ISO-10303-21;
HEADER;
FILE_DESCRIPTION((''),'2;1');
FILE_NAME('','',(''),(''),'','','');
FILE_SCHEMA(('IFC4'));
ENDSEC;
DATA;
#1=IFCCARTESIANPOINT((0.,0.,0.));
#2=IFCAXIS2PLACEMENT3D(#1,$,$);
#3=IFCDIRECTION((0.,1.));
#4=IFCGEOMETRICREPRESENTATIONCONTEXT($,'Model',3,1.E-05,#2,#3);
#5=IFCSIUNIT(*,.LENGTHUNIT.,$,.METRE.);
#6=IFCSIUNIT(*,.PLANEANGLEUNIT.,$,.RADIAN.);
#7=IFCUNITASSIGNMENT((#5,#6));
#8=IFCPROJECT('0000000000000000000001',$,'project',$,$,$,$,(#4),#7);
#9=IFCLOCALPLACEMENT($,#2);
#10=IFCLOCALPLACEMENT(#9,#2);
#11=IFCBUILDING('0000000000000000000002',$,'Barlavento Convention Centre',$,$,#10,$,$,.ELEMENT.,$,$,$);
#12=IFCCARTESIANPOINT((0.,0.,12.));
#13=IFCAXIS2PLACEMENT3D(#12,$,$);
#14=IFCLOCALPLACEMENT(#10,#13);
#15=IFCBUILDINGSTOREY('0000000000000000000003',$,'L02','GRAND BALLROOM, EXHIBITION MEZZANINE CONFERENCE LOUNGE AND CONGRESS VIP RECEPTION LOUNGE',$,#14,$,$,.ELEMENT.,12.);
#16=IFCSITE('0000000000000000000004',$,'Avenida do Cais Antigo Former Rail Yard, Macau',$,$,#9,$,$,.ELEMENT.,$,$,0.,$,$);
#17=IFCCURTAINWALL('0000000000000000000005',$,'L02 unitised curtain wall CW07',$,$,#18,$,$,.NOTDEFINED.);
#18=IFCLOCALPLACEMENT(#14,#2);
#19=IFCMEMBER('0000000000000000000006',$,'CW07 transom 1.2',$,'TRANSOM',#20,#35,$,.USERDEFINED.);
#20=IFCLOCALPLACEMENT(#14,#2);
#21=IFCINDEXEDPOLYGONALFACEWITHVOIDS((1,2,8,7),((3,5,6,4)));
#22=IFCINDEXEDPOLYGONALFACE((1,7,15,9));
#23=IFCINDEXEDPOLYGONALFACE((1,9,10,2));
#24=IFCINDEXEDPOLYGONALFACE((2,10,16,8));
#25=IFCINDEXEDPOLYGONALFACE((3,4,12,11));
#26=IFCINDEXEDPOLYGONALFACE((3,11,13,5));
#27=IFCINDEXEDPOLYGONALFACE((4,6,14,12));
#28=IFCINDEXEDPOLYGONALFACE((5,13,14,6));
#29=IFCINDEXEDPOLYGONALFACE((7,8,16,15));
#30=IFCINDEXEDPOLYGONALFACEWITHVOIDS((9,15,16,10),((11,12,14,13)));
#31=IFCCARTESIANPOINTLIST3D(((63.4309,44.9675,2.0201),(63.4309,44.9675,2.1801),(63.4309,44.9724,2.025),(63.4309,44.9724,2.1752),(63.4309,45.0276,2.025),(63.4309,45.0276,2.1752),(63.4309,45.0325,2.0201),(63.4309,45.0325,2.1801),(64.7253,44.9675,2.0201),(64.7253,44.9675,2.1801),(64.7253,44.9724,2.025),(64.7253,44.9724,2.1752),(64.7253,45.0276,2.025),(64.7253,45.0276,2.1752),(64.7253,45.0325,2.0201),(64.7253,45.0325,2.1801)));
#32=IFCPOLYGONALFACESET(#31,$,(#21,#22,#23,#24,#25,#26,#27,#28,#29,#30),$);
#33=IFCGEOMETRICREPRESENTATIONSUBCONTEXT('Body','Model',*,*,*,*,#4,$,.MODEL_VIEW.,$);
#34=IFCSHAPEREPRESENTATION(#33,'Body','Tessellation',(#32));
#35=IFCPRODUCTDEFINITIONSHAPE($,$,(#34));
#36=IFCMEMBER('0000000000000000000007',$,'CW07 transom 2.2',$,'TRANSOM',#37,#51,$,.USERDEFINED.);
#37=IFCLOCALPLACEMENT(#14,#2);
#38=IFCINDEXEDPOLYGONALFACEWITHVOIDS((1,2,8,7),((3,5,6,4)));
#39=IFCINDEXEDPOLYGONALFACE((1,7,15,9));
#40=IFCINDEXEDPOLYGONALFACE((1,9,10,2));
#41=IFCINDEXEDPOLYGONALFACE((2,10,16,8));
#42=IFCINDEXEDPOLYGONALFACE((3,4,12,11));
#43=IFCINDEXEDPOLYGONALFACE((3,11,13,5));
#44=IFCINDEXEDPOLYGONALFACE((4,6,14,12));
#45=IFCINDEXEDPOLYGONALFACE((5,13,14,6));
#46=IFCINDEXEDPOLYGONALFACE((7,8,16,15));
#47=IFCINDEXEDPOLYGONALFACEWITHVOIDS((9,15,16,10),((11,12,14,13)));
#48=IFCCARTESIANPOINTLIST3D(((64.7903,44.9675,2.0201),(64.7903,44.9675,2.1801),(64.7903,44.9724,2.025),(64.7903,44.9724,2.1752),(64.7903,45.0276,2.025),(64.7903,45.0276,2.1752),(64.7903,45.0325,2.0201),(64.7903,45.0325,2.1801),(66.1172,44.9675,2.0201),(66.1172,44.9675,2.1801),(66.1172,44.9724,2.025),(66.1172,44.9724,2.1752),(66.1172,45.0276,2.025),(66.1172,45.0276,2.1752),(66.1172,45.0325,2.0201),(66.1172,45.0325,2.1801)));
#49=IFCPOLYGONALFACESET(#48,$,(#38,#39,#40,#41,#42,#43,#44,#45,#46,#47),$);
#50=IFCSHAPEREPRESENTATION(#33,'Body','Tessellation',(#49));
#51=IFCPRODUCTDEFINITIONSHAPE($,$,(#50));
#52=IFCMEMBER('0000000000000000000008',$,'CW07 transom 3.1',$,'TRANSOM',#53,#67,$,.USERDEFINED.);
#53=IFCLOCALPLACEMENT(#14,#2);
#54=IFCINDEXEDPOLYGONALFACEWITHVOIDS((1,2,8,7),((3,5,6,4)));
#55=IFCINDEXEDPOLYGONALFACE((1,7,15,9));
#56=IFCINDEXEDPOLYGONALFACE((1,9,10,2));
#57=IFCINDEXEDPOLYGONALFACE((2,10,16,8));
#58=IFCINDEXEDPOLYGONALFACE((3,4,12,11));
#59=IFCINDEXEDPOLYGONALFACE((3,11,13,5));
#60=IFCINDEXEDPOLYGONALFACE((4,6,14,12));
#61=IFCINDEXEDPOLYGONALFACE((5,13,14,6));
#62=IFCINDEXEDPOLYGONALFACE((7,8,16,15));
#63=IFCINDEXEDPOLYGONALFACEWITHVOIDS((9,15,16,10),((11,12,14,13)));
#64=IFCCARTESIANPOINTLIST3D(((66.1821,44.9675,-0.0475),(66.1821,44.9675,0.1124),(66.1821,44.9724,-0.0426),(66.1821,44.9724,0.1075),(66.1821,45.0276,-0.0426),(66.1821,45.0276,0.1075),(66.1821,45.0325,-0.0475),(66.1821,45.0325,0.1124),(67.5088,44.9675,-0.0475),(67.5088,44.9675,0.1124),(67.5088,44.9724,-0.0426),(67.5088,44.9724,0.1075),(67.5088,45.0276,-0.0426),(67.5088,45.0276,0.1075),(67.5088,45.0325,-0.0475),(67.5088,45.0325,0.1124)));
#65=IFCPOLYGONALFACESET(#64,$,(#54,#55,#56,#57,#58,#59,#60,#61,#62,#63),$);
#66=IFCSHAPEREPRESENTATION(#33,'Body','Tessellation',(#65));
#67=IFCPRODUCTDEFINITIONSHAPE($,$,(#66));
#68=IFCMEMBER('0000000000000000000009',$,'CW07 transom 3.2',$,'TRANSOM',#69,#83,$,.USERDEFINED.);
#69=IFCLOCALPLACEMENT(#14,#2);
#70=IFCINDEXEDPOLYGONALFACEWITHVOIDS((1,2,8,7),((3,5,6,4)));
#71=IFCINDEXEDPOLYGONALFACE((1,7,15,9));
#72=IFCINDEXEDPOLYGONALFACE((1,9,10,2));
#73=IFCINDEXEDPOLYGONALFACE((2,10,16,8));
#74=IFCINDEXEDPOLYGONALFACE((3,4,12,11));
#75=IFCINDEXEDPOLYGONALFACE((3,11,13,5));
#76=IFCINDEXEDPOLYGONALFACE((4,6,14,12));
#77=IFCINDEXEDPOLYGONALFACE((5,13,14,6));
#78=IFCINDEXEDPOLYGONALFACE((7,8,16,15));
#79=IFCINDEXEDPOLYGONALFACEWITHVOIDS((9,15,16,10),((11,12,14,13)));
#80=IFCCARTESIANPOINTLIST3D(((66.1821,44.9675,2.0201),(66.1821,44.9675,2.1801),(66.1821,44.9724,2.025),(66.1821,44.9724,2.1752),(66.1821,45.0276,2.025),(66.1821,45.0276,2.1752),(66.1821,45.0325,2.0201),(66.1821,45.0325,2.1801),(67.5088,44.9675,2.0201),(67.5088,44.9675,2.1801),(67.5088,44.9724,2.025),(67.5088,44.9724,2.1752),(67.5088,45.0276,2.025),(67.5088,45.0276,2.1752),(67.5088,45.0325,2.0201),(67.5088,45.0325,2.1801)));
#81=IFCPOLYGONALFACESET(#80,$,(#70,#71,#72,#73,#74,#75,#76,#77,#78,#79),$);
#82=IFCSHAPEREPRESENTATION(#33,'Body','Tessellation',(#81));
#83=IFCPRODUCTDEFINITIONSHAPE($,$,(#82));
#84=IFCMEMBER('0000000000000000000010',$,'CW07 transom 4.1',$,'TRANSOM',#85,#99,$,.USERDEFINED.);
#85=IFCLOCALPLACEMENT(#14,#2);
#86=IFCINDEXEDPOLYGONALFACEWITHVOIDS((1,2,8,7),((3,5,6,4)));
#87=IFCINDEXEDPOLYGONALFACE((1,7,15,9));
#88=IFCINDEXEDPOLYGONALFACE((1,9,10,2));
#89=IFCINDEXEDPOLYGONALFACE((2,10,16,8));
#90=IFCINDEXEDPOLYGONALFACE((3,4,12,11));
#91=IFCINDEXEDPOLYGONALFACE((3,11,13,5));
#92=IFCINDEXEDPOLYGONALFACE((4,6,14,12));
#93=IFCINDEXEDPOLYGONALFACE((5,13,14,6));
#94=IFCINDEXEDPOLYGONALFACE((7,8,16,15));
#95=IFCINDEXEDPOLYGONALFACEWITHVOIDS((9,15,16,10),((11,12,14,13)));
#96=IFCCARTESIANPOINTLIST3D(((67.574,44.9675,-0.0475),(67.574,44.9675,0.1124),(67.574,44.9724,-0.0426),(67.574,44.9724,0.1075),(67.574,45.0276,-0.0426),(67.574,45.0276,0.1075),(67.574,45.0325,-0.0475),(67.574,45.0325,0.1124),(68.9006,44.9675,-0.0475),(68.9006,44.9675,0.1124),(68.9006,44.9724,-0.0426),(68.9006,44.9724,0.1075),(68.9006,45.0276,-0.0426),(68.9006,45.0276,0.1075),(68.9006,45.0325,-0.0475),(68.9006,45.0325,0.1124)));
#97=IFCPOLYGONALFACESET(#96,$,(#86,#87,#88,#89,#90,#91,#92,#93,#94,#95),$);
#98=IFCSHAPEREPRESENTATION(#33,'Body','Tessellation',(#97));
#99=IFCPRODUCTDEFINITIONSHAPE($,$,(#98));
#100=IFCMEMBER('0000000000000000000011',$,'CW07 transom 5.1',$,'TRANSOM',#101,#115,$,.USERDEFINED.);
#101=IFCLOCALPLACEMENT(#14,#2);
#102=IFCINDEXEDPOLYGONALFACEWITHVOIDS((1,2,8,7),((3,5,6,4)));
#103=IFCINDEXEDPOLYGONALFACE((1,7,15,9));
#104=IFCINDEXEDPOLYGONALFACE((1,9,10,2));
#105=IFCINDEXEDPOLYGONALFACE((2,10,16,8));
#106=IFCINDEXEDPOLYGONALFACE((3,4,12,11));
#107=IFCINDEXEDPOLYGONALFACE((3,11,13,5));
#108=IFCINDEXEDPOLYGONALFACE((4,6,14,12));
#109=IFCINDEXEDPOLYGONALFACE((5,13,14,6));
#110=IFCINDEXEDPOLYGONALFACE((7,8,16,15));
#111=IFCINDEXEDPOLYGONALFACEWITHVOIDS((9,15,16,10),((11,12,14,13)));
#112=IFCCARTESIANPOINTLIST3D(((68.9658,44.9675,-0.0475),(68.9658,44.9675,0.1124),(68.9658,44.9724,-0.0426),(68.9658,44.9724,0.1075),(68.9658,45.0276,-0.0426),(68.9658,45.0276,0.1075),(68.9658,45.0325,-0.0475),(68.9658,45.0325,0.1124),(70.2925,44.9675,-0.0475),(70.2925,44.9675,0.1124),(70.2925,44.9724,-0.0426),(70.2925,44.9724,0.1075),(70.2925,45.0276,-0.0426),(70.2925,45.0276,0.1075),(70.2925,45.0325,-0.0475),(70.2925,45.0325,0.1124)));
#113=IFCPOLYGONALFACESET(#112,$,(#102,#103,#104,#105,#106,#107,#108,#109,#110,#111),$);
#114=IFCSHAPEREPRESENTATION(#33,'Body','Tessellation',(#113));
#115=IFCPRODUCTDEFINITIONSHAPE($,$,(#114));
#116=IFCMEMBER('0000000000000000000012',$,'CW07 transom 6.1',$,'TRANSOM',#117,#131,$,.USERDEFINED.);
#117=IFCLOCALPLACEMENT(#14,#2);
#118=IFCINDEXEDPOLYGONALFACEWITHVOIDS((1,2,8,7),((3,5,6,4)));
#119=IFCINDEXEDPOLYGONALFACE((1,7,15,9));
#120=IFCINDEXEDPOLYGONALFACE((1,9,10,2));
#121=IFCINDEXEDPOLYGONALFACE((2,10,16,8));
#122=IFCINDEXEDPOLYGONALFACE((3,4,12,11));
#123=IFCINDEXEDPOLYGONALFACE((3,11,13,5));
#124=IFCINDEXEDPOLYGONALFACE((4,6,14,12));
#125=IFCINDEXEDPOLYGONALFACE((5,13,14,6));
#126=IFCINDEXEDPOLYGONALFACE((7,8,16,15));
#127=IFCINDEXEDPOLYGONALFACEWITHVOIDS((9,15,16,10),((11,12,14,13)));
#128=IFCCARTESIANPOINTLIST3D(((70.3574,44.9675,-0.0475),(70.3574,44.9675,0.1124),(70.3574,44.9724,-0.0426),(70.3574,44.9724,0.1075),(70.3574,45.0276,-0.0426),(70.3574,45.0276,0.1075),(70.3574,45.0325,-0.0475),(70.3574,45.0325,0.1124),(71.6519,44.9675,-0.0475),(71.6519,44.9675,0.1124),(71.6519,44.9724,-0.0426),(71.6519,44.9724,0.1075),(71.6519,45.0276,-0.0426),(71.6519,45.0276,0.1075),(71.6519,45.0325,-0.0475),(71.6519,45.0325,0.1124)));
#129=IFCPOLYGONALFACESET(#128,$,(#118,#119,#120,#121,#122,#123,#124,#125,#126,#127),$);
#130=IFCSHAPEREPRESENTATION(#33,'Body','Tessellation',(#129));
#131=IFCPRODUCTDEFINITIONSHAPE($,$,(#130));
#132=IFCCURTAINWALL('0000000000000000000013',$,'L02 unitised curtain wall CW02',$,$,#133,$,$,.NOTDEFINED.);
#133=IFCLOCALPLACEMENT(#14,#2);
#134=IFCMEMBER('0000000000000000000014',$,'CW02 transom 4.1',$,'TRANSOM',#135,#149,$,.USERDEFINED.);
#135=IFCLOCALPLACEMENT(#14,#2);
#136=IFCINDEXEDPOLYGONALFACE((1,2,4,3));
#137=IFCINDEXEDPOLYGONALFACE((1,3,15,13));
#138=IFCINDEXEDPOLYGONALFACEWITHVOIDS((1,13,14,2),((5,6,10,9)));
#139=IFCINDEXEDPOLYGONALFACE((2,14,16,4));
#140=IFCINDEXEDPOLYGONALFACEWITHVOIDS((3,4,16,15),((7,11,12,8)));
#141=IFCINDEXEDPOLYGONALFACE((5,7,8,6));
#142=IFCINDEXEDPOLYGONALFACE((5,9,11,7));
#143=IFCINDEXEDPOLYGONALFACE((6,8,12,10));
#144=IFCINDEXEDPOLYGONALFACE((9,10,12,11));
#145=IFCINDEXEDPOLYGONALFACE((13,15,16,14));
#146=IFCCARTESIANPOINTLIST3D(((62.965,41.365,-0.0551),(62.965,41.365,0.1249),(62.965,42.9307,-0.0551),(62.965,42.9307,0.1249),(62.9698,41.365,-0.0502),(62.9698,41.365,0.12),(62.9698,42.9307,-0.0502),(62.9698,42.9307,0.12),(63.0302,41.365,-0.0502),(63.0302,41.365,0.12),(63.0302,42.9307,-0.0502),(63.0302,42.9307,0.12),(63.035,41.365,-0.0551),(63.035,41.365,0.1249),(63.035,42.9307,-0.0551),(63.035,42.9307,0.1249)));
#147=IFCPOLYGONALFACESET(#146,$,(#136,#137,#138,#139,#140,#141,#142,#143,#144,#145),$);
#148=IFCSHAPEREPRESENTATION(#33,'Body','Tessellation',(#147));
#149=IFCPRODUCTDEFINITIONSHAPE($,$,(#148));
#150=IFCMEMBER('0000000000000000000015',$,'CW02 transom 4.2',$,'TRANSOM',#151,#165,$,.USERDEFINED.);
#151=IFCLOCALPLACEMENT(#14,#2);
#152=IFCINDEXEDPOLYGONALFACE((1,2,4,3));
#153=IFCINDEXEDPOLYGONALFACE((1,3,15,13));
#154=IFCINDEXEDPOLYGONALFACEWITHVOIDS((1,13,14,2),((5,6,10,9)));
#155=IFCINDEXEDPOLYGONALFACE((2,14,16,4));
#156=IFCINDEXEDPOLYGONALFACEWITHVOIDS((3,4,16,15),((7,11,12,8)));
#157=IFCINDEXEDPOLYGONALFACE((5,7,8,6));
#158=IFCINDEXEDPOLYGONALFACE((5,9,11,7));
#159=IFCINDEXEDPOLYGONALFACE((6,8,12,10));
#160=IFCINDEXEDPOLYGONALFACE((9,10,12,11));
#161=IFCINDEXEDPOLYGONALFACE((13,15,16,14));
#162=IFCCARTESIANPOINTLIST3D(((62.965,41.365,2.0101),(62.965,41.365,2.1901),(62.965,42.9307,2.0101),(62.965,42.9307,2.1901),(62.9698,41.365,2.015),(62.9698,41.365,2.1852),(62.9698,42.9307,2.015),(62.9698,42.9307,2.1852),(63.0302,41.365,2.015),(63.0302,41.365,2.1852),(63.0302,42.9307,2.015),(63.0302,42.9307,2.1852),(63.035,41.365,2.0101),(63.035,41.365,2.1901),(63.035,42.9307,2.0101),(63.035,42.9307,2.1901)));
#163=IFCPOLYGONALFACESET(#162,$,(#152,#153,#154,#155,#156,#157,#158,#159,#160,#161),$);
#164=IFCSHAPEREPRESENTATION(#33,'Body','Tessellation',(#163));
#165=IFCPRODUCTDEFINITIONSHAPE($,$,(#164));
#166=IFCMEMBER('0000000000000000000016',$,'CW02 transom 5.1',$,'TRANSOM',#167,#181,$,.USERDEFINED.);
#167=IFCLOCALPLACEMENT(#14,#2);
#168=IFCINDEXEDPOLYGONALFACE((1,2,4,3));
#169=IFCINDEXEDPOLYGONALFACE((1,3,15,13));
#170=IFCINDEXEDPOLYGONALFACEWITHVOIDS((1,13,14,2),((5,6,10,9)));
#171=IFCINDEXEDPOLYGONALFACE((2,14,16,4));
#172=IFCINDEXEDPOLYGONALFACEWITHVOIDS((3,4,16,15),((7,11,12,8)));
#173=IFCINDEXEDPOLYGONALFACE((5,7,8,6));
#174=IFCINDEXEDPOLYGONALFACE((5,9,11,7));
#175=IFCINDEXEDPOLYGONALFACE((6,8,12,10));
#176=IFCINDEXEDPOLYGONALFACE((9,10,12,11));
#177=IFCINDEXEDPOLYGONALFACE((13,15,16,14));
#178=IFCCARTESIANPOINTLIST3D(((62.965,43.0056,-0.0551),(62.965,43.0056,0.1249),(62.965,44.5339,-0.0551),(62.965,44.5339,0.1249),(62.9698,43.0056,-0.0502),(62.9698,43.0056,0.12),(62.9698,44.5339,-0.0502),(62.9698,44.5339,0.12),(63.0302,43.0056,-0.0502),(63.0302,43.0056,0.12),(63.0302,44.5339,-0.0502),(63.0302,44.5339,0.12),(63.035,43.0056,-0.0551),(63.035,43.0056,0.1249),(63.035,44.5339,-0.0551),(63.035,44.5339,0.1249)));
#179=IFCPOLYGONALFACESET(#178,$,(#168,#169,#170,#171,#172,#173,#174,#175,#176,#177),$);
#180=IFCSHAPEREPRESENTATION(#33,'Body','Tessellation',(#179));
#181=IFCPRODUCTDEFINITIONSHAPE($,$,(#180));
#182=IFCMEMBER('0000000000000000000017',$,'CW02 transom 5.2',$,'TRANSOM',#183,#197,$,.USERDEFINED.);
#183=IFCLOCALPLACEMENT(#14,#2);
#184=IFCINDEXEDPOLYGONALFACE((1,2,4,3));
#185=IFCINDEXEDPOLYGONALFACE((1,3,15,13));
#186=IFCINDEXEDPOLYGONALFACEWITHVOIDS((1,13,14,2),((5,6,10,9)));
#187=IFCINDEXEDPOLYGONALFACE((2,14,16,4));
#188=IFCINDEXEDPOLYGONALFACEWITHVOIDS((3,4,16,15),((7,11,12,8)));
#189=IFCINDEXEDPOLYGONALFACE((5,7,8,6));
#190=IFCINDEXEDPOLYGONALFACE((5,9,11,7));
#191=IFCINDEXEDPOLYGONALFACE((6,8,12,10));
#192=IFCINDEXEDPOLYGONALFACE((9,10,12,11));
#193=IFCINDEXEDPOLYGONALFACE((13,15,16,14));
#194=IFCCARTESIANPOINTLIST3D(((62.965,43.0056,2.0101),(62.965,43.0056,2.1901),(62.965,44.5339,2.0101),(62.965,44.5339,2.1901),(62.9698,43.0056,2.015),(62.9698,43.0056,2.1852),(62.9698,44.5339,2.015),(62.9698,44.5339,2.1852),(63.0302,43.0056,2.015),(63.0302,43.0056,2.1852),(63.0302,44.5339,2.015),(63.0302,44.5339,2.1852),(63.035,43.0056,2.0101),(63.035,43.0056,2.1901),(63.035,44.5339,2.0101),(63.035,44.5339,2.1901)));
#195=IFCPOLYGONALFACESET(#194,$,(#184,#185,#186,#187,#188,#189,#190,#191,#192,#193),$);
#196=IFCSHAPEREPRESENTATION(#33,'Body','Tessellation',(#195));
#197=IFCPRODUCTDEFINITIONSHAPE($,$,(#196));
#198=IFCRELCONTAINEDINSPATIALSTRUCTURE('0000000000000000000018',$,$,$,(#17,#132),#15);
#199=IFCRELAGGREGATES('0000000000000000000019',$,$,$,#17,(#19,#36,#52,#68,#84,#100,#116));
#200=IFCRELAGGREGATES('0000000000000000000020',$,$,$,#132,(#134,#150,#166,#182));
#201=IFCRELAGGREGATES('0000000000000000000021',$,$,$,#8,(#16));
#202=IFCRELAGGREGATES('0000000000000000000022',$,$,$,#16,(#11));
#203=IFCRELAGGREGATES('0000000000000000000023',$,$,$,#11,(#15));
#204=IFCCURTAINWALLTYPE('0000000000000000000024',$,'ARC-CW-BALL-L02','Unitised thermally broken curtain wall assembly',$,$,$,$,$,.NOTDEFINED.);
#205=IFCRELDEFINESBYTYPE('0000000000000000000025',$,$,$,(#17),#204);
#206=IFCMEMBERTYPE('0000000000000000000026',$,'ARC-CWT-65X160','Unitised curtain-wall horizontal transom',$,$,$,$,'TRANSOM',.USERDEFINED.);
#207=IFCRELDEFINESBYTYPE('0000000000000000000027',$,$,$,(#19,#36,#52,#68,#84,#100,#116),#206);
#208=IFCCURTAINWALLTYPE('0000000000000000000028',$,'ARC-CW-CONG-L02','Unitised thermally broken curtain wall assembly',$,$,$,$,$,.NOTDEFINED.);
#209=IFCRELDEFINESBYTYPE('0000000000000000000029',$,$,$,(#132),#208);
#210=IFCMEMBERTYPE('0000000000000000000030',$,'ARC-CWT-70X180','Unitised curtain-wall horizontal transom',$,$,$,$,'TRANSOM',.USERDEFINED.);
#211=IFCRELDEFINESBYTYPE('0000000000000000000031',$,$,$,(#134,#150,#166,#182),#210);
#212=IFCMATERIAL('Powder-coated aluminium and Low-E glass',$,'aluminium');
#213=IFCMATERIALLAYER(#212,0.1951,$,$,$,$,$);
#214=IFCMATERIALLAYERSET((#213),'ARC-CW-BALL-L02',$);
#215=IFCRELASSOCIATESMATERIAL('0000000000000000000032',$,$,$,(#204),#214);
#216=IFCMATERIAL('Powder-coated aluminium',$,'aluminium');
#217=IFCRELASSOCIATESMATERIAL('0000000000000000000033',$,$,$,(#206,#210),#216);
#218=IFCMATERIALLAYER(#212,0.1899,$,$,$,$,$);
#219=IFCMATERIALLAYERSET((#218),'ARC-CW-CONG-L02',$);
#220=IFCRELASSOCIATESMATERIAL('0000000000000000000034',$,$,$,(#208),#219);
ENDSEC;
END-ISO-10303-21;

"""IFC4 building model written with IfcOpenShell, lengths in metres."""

from ifc_helpers import new_model, si_unit, direction, frame, origin, origin_2d, place, context, subcontext, project, spatial, hollow_rectangle, extrude, material, layer, layer_set, material_profile, profile_set, type_object, element, aggregate, save


model = new_model("IFC4")

# Units and contexts
model_context = context("Model", 3, precision=1e-05, world=origin(), true_north=direction((0.0, 1.0)))
body_context = subcontext(model_context, "Body", "Model", "MODEL_VIEW")
ifc_project = project(units=[si_unit("LENGTHUNIT", "METRE"), si_unit("PLANEANGLEUNIT", "RADIAN")], contexts=[model_context])

# Site, building, storey
site_placement = place(None, origin())
site = spatial("IfcSite", under=ifc_project, at=site_placement, Name="Avenida do Cais Antigo Former Rail Yard, Macau", CompositionType="ELEMENT", RefElevation=0.0)
building_placement = place(site_placement, origin())
building = spatial("IfcBuilding", under=site, at=building_placement, Name="Barlavento Convention Centre", CompositionType="ELEMENT")
storey_placement = place(building_placement, frame((0.0, 0.0, 12.0)))
storey = spatial("IfcBuildingStorey", under=building, at=storey_placement, Name="L02", Description="GRAND BALLROOM, EXHIBITION MEZZANINE CONFERENCE LOUNGE AND CONGRESS VIP RECEPTION LOUNGE", CompositionType="ELEMENT", Elevation=12.0)

# Curtain walls, members
ifc_material_1 = material(Name="Powder-coated aluminium and Low-E glass", Category="aluminium")
ifc_layer_1 = layer(ifc_material_1, 0.1951)
ifc_layer_set_1 = layer_set([ifc_layer_1], Name="ARC-CW-BALL-L02")
curtain_wall_type_1 = type_object("IfcCurtainWallType", Name="ARC-CW-BALL-L02", Description="Unitised thermally broken curtain wall assembly", PredefinedType="NOTDEFINED", material=ifc_layer_set_1)
curtain_wall_1_placement = place(storey_placement, origin())
curtain_wall_1 = element("IfcCurtainWall", 1, at=curtain_wall_1_placement, inside=storey, type_object=curtain_wall_type_1, Name="L02 unitised curtain wall CW07", PredefinedType="NOTDEFINED")
ifc_material_2 = material(Name="Powder-coated aluminium", Category="aluminium")
ifc_material_profile_1 = material_profile(ifc_material_2, hollow_rectangle(XDim=0.0649, YDim=0.1599, WallThickness=0.0049, at=origin_2d()), Name="AL-TRAN 65x160x5")
ifc_profile_set_1 = profile_set([ifc_material_profile_1], Name="Powder-coated aluminium")
member_type_1 = type_object("IfcMemberType", Name="ARC-CWT-65X160", Description="Unitised curtain-wall horizontal transom", ElementType="TRANSOM", PredefinedType="USERDEFINED", material=ifc_profile_set_1)
member_1_placement = place(storey_placement, frame((63.4309, 45.0, 2.1001), z_axis=(1.0, 0.0, 0.0), x_axis=(0.0, 1.0, 0.0)))
member_1 = element("IfcMember", 2, at=member_1_placement, type_object=member_type_1, Name="CW07 transom 1.2", ObjectType="TRANSOM", PredefinedType="USERDEFINED", context=body_context, shape_type="SweptSolid", body=[
    extrude(hollow_rectangle(XDim=0.0649, YDim=0.1599, WallThickness=0.0049, at=origin_2d()), origin(), (0.0, 0.0, 1.0), 1.2944),
])
member_2_placement = place(storey_placement, frame((64.7903, 45.0, 2.1001), z_axis=(1.0, 0.0, 0.0), x_axis=(0.0, 1.0, 0.0)))
member_2 = element("IfcMember", 3, at=member_2_placement, type_object=member_type_1, Name="CW07 transom 2.2", ObjectType="TRANSOM", PredefinedType="USERDEFINED", context=body_context, shape_type="SweptSolid", body=[
    extrude(hollow_rectangle(XDim=0.0649, YDim=0.1599, WallThickness=0.0049, at=origin_2d()), origin(), (0.0, 0.0, 1.0), 1.3269),
])
member_3_placement = place(storey_placement, frame((66.1821, 45.0, 0.0325), z_axis=(1.0, 0.0, 0.0), x_axis=(0.0, 1.0, 0.0)))
member_3 = element("IfcMember", 4, at=member_3_placement, type_object=member_type_1, Name="CW07 transom 3.1", ObjectType="TRANSOM", PredefinedType="USERDEFINED", context=body_context, shape_type="SweptSolid", body=[
    extrude(hollow_rectangle(XDim=0.0649, YDim=0.1599, WallThickness=0.0049, at=origin_2d()), origin(), (0.0, 0.0, 1.0), 1.3267),
])
member_4_placement = place(storey_placement, frame((66.1821, 45.0, 2.1001), z_axis=(1.0, 0.0, 0.0), x_axis=(0.0, 1.0, 0.0)))
member_4 = element("IfcMember", 5, at=member_4_placement, type_object=member_type_1, Name="CW07 transom 3.2", ObjectType="TRANSOM", PredefinedType="USERDEFINED", context=body_context, shape_type="SweptSolid", body=[
    extrude(hollow_rectangle(XDim=0.0649, YDim=0.1599, WallThickness=0.0049, at=origin_2d()), origin(), (0.0, 0.0, 1.0), 1.3267),
])
member_5_placement = place(storey_placement, frame((67.574, 45.0, 0.0325), z_axis=(1.0, 0.0, 0.0), x_axis=(0.0, 1.0, 0.0)))
member_5 = element("IfcMember", 6, at=member_5_placement, type_object=member_type_1, Name="CW07 transom 4.1", ObjectType="TRANSOM", PredefinedType="USERDEFINED", context=body_context, shape_type="SweptSolid", body=[
    extrude(hollow_rectangle(XDim=0.0649, YDim=0.1599, WallThickness=0.0049, at=origin_2d()), origin(), (0.0, 0.0, 1.0), 1.3267),
])
member_6_placement = place(storey_placement, frame((68.9658, 45.0, 0.0325), z_axis=(1.0, 0.0, 0.0), x_axis=(0.0, 1.0, 0.0)))
member_6 = element("IfcMember", 7, at=member_6_placement, type_object=member_type_1, Name="CW07 transom 5.1", ObjectType="TRANSOM", PredefinedType="USERDEFINED", context=body_context, shape_type="SweptSolid", body=[
    extrude(hollow_rectangle(XDim=0.0649, YDim=0.1599, WallThickness=0.0049, at=origin_2d()), origin(), (0.0, 0.0, 1.0), 1.3267),
])
member_7_placement = place(storey_placement, frame((70.3574, 45.0, 0.0325), z_axis=(1.0, 0.0, 0.0), x_axis=(0.0, 1.0, 0.0)))
member_7 = element("IfcMember", 8, at=member_7_placement, type_object=member_type_1, Name="CW07 transom 6.1", ObjectType="TRANSOM", PredefinedType="USERDEFINED", context=body_context, shape_type="SweptSolid", body=[
    extrude(hollow_rectangle(XDim=0.0649, YDim=0.1599, WallThickness=0.0049, at=origin_2d()), origin(), (0.0, 0.0, 1.0), 1.2944),
])
ifc_layer_2 = layer(ifc_material_1, 0.1899)
ifc_layer_set_2 = layer_set([ifc_layer_2], Name="ARC-CW-CONG-L02")
curtain_wall_type_2 = type_object("IfcCurtainWallType", Name="ARC-CW-CONG-L02", Description="Unitised thermally broken curtain wall assembly", PredefinedType="NOTDEFINED", material=ifc_layer_set_2)
curtain_wall_2_placement = place(storey_placement, origin())
curtain_wall_2 = element("IfcCurtainWall", 9, at=curtain_wall_2_placement, inside=storey, type_object=curtain_wall_type_2, Name="L02 unitised curtain wall CW02", PredefinedType="NOTDEFINED")
ifc_material_profile_2 = material_profile(ifc_material_2, hollow_rectangle(XDim=0.0701, YDim=0.1799, WallThickness=0.0049, at=origin_2d()), Name="AL-TRAN 70x180x5")
ifc_profile_set_2 = profile_set([ifc_material_profile_2], Name="Powder-coated aluminium")
member_type_2 = type_object("IfcMemberType", Name="ARC-CWT-70X180", Description="Unitised curtain-wall horizontal transom", ElementType="TRANSOM", PredefinedType="USERDEFINED", material=ifc_profile_set_2)
member_8_placement = place(storey_placement, frame((63.0, 41.365, 0.0349), z_axis=(0.0, 1.0, 0.0), x_axis=(-1.0, 0.0, 0.0)))
member_8 = element("IfcMember", 10, at=member_8_placement, type_object=member_type_2, Name="CW02 transom 4.1", ObjectType="TRANSOM", PredefinedType="USERDEFINED", context=body_context, shape_type="SweptSolid", body=[
    extrude(hollow_rectangle(XDim=0.0701, YDim=0.1799, WallThickness=0.0049, at=origin_2d()), origin(), (0.0, 0.0, 1.0), 1.5657),
])
member_9_placement = place(storey_placement, frame((63.0, 41.365, 2.1001), z_axis=(0.0, 1.0, 0.0), x_axis=(-1.0, 0.0, 0.0)))
member_9 = element("IfcMember", 11, at=member_9_placement, type_object=member_type_2, Name="CW02 transom 4.2", ObjectType="TRANSOM", PredefinedType="USERDEFINED", context=body_context, shape_type="SweptSolid", body=[
    extrude(hollow_rectangle(XDim=0.0701, YDim=0.1799, WallThickness=0.0049, at=origin_2d()), origin(), (0.0, 0.0, 1.0), 1.5657),
])
member_10_placement = place(storey_placement, frame((63.0, 43.0056, 0.0349), z_axis=(0.0, 1.0, 0.0), x_axis=(-1.0, 0.0, 0.0)))
member_10 = element("IfcMember", 12, at=member_10_placement, type_object=member_type_2, Name="CW02 transom 5.1", ObjectType="TRANSOM", PredefinedType="USERDEFINED", context=body_context, shape_type="SweptSolid", body=[
    extrude(hollow_rectangle(XDim=0.0701, YDim=0.1799, WallThickness=0.0049, at=origin_2d()), origin(), (0.0, 0.0, 1.0), 1.5283),
])
member_11_placement = place(storey_placement, frame((63.0, 43.0056, 2.1001), z_axis=(0.0, 1.0, 0.0), x_axis=(-1.0, 0.0, 0.0)))
member_11 = element("IfcMember", 13, at=member_11_placement, type_object=member_type_2, Name="CW02 transom 5.2", ObjectType="TRANSOM", PredefinedType="USERDEFINED", context=body_context, shape_type="SweptSolid", body=[
    extrude(hollow_rectangle(XDim=0.0701, YDim=0.1799, WallThickness=0.0049, at=origin_2d()), origin(), (0.0, 0.0, 1.0), 1.5283),
])

aggregate(curtain_wall_1, [member_1, member_2, member_3, member_4, member_5, member_6, member_7])
aggregate(curtain_wall_2, [member_8, member_9, member_10, member_11])

save(model, "model.ifc")
